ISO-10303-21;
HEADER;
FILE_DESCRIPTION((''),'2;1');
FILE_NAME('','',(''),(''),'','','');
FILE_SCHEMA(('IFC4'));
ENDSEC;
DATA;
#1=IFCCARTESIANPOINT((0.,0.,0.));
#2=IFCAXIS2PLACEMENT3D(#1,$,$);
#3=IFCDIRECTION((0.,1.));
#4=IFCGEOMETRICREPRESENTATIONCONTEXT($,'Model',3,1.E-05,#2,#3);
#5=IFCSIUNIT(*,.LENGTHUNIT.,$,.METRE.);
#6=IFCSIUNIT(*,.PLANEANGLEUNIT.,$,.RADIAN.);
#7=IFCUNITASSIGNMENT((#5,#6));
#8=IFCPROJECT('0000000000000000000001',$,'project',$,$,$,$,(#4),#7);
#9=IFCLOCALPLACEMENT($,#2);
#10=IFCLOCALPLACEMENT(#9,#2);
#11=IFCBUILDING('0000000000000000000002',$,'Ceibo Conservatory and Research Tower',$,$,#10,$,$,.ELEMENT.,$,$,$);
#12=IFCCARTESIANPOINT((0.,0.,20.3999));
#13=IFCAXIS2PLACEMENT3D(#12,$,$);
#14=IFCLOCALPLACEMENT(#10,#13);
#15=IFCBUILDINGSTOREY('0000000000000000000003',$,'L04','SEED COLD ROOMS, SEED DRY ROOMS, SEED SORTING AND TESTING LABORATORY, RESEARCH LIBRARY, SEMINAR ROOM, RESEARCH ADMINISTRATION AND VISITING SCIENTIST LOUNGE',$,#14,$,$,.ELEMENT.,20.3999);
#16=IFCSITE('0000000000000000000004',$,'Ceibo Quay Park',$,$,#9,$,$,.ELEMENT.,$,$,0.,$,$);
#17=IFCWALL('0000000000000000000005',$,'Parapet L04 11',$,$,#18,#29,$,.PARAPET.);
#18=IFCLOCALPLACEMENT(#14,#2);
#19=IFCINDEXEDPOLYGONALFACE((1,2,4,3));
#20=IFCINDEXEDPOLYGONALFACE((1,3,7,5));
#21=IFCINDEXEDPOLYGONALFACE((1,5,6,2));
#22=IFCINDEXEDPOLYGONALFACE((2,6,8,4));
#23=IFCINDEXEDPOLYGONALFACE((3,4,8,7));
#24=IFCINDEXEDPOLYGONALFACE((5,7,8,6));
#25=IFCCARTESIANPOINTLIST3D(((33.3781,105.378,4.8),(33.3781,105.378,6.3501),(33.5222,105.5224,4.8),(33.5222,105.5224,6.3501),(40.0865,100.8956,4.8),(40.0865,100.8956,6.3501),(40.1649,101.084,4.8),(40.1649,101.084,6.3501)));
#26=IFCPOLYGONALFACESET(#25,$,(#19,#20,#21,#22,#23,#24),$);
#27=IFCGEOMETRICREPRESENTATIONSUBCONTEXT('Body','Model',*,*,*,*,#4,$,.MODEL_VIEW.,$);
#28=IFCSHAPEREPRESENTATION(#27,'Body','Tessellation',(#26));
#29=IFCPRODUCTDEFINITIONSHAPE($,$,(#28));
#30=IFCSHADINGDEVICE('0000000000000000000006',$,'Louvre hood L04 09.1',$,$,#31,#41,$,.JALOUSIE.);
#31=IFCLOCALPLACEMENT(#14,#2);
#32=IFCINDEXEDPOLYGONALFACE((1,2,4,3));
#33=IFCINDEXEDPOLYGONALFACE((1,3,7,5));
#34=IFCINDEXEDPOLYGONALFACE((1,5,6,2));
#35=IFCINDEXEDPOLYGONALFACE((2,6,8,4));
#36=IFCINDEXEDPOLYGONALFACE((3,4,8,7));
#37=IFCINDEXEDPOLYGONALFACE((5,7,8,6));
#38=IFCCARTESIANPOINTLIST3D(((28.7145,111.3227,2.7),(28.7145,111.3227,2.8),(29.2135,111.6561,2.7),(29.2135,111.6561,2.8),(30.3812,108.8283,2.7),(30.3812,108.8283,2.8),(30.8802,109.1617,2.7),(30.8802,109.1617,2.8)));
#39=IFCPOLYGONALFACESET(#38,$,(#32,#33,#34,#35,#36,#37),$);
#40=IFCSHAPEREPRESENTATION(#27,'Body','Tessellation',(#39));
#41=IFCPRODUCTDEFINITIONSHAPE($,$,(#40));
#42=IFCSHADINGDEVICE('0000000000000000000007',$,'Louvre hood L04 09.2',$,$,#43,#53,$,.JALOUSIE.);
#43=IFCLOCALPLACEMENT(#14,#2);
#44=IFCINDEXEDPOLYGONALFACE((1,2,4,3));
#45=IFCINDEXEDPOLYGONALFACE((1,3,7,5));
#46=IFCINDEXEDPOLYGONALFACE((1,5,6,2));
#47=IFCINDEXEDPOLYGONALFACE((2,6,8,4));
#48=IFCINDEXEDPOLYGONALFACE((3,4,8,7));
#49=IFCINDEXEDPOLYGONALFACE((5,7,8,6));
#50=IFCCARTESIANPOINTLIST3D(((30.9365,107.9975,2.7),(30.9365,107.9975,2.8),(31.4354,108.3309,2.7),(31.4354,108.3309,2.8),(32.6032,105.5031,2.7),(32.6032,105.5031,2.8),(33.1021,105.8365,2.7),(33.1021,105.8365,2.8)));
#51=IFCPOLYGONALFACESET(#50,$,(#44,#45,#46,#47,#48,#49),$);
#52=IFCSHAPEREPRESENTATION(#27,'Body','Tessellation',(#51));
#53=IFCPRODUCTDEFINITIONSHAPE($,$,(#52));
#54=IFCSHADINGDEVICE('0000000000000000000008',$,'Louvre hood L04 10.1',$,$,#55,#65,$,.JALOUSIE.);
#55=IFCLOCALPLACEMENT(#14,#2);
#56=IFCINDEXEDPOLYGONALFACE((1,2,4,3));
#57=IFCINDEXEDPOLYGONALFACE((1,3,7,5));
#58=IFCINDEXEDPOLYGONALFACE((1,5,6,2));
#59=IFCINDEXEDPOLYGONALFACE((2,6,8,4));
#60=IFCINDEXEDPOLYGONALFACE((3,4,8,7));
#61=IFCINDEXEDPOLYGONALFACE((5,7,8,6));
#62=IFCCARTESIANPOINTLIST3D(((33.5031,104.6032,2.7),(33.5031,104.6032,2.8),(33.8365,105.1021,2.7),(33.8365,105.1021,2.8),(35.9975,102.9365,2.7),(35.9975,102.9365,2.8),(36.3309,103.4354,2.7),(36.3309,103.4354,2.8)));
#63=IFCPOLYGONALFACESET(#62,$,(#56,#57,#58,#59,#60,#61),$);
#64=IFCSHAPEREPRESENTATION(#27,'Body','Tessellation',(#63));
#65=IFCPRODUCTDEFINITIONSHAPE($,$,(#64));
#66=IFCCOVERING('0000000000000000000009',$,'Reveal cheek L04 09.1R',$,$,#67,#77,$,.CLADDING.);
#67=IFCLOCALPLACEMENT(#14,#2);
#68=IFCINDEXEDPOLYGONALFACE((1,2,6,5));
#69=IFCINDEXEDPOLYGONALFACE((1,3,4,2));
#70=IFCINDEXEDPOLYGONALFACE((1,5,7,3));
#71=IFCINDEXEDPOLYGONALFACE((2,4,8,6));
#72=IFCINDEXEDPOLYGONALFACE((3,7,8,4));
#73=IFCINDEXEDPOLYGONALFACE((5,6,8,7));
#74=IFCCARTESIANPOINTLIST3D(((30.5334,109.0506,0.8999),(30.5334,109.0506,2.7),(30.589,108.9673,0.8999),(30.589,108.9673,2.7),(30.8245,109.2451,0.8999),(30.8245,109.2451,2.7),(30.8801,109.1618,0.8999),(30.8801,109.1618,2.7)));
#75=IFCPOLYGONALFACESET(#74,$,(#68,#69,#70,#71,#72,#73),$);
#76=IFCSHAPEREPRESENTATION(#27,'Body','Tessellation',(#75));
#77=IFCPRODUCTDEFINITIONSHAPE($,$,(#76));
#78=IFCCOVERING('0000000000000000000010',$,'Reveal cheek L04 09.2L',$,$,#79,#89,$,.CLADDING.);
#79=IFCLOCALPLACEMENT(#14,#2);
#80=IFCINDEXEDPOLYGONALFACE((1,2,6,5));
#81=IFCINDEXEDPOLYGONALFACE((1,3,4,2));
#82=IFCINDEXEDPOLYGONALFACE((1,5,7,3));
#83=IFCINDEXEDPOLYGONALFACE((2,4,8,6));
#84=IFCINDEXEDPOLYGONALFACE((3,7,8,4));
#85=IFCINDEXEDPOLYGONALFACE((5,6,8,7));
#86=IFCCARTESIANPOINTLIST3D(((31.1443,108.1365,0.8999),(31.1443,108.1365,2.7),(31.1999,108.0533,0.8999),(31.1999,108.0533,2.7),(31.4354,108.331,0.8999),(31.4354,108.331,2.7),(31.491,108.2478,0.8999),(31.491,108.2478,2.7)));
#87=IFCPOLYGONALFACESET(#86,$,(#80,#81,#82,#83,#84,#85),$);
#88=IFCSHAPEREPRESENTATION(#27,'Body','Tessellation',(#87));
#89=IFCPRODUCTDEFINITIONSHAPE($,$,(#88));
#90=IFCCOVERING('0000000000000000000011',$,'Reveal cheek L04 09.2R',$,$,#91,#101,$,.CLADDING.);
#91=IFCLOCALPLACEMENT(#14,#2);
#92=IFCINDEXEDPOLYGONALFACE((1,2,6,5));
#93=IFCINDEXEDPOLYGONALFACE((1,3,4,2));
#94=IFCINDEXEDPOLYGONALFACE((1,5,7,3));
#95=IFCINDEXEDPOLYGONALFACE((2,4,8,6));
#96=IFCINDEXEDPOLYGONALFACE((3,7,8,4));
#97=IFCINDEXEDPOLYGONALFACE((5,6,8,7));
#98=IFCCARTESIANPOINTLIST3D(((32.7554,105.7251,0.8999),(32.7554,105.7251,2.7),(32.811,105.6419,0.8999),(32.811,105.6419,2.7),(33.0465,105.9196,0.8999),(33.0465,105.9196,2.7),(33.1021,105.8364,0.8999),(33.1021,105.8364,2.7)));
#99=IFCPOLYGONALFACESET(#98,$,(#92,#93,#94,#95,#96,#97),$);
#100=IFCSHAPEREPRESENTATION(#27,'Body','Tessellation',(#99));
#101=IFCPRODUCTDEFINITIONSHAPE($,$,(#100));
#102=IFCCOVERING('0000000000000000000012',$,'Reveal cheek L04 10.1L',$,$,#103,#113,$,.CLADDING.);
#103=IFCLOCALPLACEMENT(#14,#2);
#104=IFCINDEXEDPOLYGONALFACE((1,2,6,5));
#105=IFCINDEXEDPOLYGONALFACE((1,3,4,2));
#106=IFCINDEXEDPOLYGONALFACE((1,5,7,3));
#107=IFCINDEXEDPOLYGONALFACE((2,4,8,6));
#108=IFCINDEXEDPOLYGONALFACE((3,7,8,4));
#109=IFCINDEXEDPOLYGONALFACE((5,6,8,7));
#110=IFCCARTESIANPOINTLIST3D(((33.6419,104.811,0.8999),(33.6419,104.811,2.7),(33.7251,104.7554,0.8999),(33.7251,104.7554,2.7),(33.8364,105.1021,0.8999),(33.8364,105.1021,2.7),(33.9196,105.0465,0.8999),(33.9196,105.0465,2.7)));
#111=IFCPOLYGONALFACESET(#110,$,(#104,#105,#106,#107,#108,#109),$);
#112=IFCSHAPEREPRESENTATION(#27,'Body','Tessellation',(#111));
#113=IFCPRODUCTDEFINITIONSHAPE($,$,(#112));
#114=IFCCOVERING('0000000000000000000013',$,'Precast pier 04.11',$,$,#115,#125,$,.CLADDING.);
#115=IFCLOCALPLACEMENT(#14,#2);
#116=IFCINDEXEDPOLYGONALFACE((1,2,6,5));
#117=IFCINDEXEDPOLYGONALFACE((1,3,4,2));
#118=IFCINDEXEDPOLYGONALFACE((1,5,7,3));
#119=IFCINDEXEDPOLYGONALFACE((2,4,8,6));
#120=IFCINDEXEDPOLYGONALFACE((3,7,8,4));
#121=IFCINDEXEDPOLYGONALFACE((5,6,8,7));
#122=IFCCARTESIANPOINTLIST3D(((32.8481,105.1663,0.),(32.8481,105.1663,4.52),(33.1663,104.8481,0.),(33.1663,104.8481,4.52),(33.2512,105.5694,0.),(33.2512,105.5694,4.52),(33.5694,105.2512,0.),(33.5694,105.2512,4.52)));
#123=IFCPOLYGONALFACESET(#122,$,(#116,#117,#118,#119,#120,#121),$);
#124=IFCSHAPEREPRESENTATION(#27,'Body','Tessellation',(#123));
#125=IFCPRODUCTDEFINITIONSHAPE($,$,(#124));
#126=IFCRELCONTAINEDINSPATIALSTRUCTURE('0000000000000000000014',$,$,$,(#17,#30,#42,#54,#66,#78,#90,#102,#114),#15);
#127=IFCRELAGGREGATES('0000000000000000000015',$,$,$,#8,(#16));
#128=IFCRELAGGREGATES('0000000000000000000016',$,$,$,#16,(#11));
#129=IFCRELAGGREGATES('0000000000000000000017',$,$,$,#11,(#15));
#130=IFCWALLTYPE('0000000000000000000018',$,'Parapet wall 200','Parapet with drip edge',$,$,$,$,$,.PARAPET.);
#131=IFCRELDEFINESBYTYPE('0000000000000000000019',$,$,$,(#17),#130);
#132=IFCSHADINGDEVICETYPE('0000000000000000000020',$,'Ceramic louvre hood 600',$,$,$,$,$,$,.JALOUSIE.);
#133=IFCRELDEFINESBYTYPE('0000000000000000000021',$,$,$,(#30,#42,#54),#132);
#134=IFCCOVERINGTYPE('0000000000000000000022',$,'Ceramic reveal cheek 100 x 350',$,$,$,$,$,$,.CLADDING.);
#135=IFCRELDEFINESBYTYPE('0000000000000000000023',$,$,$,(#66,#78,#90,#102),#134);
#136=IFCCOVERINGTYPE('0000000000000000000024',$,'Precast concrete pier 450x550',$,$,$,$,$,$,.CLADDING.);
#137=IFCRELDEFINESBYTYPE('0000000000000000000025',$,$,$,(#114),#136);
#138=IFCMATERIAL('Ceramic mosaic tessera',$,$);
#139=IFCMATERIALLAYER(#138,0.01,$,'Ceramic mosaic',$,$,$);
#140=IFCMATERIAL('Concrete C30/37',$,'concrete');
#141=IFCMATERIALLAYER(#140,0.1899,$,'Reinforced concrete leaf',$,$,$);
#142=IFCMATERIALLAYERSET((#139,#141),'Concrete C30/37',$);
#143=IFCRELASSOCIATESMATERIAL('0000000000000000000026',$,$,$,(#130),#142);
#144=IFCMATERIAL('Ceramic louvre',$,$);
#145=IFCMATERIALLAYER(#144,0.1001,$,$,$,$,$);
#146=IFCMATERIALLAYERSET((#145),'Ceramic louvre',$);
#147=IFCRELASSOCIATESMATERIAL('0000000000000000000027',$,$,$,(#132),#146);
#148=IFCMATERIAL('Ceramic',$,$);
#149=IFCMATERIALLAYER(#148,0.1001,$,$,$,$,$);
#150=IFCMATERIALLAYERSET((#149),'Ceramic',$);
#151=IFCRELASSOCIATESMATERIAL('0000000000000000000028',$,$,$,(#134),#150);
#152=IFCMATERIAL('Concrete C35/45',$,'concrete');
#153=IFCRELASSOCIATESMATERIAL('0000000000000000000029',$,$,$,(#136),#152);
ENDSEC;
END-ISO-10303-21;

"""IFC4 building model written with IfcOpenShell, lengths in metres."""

from ifc_helpers import new_model, si_unit, direction, frame, origin, origin_2d, place, context, subcontext, project, spatial, polyline, rectangle, outline, extrude, material, layer, layer_set, type_object, element, save


model = new_model("IFC4")

# Units and contexts
model_context = context("Model", 3, precision=1e-05, world=origin(), true_north=direction((0.0, 1.0)))
body_context = subcontext(model_context, "Body", "Model", "MODEL_VIEW")
ifc_project = project(units=[si_unit("LENGTHUNIT", "METRE"), si_unit("PLANEANGLEUNIT", "RADIAN")], contexts=[model_context])

# Site, building, storey
site_placement = place(None, origin())
site = spatial("IfcSite", under=ifc_project, at=site_placement, Name="Ceibo Quay Park", CompositionType="ELEMENT", RefElevation=0.0)
building_placement = place(site_placement, origin())
building = spatial("IfcBuilding", under=site, at=building_placement, Name="Ceibo Conservatory and Research Tower", CompositionType="ELEMENT")
storey_placement = place(building_placement, frame((0.0, 0.0, 20.3999)))
storey = spatial("IfcBuildingStorey", under=building, at=storey_placement, Name="L04", Description="SEED COLD ROOMS, SEED DRY ROOMS, SEED SORTING AND TESTING LABORATORY, RESEARCH LIBRARY, SEMINAR ROOM, RESEARCH ADMINISTRATION AND VISITING SCIENTIST LOUNGE", CompositionType="ELEMENT", Elevation=20.3999)

# Shared definitions
ifc_material_1 = material(Name="Concrete C35/45", Category="concrete")

# Shared definitions
ifc_material_2 = material(Name="Ceramic mosaic tessera")
ifc_material_3 = material(Name="Concrete C30/37", Category="concrete")

# Wall
ifc_layer_1 = layer(ifc_material_2, 0.01, Name="Ceramic mosaic")
ifc_layer_2 = layer(ifc_material_3, 0.1899, Name="Reinforced concrete leaf")
ifc_layer_set_1 = layer_set([ifc_layer_1, ifc_layer_2], Name="Concrete C30/37")
wall_type_1 = type_object("IfcWallType", Name="Parapet wall 200", Description="Parapet with drip edge", PredefinedType="PARAPET", material=ifc_layer_set_1)
wall_1_placement = place(storey_placement, frame((33.4502, 105.4502, 4.8), z_axis=(0.0, 0.0, 1.0), x_axis=(0.83147, -0.55557, 0.0)))
element("IfcWall", 1, at=wall_1_placement, inside=storey, type_object=wall_type_1, Name="Parapet L04 11", PredefinedType="PARAPET", context=body_context, shape_type="SweptSolid", body=[
    extrude(outline(polyline([(-0.0198, -0.1001), (8.0483, -0.1001), (8.0088, 0.1001), (0.0198, 0.1001), (-0.0198, -0.1001)])), origin(), (0.0, 0.0, 1.0), 1.55),
])

# Shading devices
ifc_material_4 = material(Name="Ceramic louvre")
ifc_layer_3 = layer(ifc_material_4, 0.1001)
ifc_layer_set_2 = layer_set([ifc_layer_3], Name="Ceramic louvre")
shading_device_type = type_object("IfcShadingDeviceType", Name="Ceramic louvre hood 600", PredefinedType="JALOUSIE", material=ifc_layer_set_2)
for number, where, z_axis, x_axis, name in (
    (2, (29.7974, 110.2422, 2.7), (0.0, 0.0, 1.0), (0.55557, -0.83147, 0.0), "Louvre hood L04 09.1"),
    (3, (32.0193, 106.917, 2.7), (0.0, 0.0, 1.0), (0.55557, -0.83147, 0.0), "Louvre hood L04 09.2"),
    (4, (34.917, 104.0193, 2.7), (0.0, 0.0, 1.0), (0.83147, -0.55557, 0.0), "Louvre hood L04 10.1"),
):
    element("IfcShadingDevice", number, at=place(storey_placement, frame(where, z_axis=z_axis, x_axis=x_axis)), inside=storey, type_object=shading_device_type, Name=name, PredefinedType="JALOUSIE", context=body_context, shape_type="SweptSolid", body=[
        extrude(rectangle(XDim=3.0, YDim=0.6001, at=origin_2d()), origin(), (0.0, 0.0, 1.0), 0.1001),
    ])

# Coverings
ifc_material_5 = material(Name="Ceramic")
ifc_layer_4 = layer(ifc_material_5, 0.1001)
ifc_layer_set_3 = layer_set([ifc_layer_4], Name="Ceramic")
covering_type_1 = type_object("IfcCoveringType", Name="Ceramic reveal cheek 100 x 350", PredefinedType="CLADDING", material=ifc_layer_set_3)
for number, where, z_axis, x_axis, name in (
    (5, (30.7068, 109.1062, 0.8999), (0.0, 0.0, 1.0), (0.55557, -0.83147, 0.0), "Reveal cheek L04 09.1R"),
    (6, (31.3176, 108.1921, 0.8999), (0.0, 0.0, 1.0), (0.55557, -0.83147, 0.0), "Reveal cheek L04 09.2L"),
    (7, (32.9287, 105.7808, 0.8999), (0.0, 0.0, 1.0), (0.55557, -0.83147, 0.0), "Reveal cheek L04 09.2R"),
    (8, (33.7808, 104.9287, 0.8999), (0.0, 0.0, 1.0), (0.83147, -0.55557, 0.0), "Reveal cheek L04 10.1L"),
):
    element("IfcCovering", number, at=place(storey_placement, frame(where, z_axis=z_axis, x_axis=x_axis)), inside=storey, type_object=covering_type_1, Name=name, PredefinedType="CLADDING", context=body_context, shape_type="SweptSolid", body=[
        extrude(rectangle(XDim=0.1001, YDim=0.3501, at=origin_2d()), origin(), (0.0, 0.0, 1.0), 1.8),
    ])
covering_type_2 = type_object("IfcCoveringType", Name="Precast concrete pier 450x550", PredefinedType="CLADDING", material=ifc_material_1)
covering_placement = place(storey_placement, frame((33.2087, 105.2087, 0.0), z_axis=(0.0, 0.0, 1.0), x_axis=(-0.707107, -0.707107, 0.0)))
element("IfcCovering", 9, at=covering_placement, inside=storey, type_object=covering_type_2, Name="Precast pier 04.11", PredefinedType="CLADDING", context=body_context, shape_type="SweptSolid", body=[
    extrude(rectangle(XDim=0.5701, YDim=0.45, at=origin_2d()), origin(), (0.0, 0.0, 1.0), 4.52),
])

save(model, "model.ifc")
